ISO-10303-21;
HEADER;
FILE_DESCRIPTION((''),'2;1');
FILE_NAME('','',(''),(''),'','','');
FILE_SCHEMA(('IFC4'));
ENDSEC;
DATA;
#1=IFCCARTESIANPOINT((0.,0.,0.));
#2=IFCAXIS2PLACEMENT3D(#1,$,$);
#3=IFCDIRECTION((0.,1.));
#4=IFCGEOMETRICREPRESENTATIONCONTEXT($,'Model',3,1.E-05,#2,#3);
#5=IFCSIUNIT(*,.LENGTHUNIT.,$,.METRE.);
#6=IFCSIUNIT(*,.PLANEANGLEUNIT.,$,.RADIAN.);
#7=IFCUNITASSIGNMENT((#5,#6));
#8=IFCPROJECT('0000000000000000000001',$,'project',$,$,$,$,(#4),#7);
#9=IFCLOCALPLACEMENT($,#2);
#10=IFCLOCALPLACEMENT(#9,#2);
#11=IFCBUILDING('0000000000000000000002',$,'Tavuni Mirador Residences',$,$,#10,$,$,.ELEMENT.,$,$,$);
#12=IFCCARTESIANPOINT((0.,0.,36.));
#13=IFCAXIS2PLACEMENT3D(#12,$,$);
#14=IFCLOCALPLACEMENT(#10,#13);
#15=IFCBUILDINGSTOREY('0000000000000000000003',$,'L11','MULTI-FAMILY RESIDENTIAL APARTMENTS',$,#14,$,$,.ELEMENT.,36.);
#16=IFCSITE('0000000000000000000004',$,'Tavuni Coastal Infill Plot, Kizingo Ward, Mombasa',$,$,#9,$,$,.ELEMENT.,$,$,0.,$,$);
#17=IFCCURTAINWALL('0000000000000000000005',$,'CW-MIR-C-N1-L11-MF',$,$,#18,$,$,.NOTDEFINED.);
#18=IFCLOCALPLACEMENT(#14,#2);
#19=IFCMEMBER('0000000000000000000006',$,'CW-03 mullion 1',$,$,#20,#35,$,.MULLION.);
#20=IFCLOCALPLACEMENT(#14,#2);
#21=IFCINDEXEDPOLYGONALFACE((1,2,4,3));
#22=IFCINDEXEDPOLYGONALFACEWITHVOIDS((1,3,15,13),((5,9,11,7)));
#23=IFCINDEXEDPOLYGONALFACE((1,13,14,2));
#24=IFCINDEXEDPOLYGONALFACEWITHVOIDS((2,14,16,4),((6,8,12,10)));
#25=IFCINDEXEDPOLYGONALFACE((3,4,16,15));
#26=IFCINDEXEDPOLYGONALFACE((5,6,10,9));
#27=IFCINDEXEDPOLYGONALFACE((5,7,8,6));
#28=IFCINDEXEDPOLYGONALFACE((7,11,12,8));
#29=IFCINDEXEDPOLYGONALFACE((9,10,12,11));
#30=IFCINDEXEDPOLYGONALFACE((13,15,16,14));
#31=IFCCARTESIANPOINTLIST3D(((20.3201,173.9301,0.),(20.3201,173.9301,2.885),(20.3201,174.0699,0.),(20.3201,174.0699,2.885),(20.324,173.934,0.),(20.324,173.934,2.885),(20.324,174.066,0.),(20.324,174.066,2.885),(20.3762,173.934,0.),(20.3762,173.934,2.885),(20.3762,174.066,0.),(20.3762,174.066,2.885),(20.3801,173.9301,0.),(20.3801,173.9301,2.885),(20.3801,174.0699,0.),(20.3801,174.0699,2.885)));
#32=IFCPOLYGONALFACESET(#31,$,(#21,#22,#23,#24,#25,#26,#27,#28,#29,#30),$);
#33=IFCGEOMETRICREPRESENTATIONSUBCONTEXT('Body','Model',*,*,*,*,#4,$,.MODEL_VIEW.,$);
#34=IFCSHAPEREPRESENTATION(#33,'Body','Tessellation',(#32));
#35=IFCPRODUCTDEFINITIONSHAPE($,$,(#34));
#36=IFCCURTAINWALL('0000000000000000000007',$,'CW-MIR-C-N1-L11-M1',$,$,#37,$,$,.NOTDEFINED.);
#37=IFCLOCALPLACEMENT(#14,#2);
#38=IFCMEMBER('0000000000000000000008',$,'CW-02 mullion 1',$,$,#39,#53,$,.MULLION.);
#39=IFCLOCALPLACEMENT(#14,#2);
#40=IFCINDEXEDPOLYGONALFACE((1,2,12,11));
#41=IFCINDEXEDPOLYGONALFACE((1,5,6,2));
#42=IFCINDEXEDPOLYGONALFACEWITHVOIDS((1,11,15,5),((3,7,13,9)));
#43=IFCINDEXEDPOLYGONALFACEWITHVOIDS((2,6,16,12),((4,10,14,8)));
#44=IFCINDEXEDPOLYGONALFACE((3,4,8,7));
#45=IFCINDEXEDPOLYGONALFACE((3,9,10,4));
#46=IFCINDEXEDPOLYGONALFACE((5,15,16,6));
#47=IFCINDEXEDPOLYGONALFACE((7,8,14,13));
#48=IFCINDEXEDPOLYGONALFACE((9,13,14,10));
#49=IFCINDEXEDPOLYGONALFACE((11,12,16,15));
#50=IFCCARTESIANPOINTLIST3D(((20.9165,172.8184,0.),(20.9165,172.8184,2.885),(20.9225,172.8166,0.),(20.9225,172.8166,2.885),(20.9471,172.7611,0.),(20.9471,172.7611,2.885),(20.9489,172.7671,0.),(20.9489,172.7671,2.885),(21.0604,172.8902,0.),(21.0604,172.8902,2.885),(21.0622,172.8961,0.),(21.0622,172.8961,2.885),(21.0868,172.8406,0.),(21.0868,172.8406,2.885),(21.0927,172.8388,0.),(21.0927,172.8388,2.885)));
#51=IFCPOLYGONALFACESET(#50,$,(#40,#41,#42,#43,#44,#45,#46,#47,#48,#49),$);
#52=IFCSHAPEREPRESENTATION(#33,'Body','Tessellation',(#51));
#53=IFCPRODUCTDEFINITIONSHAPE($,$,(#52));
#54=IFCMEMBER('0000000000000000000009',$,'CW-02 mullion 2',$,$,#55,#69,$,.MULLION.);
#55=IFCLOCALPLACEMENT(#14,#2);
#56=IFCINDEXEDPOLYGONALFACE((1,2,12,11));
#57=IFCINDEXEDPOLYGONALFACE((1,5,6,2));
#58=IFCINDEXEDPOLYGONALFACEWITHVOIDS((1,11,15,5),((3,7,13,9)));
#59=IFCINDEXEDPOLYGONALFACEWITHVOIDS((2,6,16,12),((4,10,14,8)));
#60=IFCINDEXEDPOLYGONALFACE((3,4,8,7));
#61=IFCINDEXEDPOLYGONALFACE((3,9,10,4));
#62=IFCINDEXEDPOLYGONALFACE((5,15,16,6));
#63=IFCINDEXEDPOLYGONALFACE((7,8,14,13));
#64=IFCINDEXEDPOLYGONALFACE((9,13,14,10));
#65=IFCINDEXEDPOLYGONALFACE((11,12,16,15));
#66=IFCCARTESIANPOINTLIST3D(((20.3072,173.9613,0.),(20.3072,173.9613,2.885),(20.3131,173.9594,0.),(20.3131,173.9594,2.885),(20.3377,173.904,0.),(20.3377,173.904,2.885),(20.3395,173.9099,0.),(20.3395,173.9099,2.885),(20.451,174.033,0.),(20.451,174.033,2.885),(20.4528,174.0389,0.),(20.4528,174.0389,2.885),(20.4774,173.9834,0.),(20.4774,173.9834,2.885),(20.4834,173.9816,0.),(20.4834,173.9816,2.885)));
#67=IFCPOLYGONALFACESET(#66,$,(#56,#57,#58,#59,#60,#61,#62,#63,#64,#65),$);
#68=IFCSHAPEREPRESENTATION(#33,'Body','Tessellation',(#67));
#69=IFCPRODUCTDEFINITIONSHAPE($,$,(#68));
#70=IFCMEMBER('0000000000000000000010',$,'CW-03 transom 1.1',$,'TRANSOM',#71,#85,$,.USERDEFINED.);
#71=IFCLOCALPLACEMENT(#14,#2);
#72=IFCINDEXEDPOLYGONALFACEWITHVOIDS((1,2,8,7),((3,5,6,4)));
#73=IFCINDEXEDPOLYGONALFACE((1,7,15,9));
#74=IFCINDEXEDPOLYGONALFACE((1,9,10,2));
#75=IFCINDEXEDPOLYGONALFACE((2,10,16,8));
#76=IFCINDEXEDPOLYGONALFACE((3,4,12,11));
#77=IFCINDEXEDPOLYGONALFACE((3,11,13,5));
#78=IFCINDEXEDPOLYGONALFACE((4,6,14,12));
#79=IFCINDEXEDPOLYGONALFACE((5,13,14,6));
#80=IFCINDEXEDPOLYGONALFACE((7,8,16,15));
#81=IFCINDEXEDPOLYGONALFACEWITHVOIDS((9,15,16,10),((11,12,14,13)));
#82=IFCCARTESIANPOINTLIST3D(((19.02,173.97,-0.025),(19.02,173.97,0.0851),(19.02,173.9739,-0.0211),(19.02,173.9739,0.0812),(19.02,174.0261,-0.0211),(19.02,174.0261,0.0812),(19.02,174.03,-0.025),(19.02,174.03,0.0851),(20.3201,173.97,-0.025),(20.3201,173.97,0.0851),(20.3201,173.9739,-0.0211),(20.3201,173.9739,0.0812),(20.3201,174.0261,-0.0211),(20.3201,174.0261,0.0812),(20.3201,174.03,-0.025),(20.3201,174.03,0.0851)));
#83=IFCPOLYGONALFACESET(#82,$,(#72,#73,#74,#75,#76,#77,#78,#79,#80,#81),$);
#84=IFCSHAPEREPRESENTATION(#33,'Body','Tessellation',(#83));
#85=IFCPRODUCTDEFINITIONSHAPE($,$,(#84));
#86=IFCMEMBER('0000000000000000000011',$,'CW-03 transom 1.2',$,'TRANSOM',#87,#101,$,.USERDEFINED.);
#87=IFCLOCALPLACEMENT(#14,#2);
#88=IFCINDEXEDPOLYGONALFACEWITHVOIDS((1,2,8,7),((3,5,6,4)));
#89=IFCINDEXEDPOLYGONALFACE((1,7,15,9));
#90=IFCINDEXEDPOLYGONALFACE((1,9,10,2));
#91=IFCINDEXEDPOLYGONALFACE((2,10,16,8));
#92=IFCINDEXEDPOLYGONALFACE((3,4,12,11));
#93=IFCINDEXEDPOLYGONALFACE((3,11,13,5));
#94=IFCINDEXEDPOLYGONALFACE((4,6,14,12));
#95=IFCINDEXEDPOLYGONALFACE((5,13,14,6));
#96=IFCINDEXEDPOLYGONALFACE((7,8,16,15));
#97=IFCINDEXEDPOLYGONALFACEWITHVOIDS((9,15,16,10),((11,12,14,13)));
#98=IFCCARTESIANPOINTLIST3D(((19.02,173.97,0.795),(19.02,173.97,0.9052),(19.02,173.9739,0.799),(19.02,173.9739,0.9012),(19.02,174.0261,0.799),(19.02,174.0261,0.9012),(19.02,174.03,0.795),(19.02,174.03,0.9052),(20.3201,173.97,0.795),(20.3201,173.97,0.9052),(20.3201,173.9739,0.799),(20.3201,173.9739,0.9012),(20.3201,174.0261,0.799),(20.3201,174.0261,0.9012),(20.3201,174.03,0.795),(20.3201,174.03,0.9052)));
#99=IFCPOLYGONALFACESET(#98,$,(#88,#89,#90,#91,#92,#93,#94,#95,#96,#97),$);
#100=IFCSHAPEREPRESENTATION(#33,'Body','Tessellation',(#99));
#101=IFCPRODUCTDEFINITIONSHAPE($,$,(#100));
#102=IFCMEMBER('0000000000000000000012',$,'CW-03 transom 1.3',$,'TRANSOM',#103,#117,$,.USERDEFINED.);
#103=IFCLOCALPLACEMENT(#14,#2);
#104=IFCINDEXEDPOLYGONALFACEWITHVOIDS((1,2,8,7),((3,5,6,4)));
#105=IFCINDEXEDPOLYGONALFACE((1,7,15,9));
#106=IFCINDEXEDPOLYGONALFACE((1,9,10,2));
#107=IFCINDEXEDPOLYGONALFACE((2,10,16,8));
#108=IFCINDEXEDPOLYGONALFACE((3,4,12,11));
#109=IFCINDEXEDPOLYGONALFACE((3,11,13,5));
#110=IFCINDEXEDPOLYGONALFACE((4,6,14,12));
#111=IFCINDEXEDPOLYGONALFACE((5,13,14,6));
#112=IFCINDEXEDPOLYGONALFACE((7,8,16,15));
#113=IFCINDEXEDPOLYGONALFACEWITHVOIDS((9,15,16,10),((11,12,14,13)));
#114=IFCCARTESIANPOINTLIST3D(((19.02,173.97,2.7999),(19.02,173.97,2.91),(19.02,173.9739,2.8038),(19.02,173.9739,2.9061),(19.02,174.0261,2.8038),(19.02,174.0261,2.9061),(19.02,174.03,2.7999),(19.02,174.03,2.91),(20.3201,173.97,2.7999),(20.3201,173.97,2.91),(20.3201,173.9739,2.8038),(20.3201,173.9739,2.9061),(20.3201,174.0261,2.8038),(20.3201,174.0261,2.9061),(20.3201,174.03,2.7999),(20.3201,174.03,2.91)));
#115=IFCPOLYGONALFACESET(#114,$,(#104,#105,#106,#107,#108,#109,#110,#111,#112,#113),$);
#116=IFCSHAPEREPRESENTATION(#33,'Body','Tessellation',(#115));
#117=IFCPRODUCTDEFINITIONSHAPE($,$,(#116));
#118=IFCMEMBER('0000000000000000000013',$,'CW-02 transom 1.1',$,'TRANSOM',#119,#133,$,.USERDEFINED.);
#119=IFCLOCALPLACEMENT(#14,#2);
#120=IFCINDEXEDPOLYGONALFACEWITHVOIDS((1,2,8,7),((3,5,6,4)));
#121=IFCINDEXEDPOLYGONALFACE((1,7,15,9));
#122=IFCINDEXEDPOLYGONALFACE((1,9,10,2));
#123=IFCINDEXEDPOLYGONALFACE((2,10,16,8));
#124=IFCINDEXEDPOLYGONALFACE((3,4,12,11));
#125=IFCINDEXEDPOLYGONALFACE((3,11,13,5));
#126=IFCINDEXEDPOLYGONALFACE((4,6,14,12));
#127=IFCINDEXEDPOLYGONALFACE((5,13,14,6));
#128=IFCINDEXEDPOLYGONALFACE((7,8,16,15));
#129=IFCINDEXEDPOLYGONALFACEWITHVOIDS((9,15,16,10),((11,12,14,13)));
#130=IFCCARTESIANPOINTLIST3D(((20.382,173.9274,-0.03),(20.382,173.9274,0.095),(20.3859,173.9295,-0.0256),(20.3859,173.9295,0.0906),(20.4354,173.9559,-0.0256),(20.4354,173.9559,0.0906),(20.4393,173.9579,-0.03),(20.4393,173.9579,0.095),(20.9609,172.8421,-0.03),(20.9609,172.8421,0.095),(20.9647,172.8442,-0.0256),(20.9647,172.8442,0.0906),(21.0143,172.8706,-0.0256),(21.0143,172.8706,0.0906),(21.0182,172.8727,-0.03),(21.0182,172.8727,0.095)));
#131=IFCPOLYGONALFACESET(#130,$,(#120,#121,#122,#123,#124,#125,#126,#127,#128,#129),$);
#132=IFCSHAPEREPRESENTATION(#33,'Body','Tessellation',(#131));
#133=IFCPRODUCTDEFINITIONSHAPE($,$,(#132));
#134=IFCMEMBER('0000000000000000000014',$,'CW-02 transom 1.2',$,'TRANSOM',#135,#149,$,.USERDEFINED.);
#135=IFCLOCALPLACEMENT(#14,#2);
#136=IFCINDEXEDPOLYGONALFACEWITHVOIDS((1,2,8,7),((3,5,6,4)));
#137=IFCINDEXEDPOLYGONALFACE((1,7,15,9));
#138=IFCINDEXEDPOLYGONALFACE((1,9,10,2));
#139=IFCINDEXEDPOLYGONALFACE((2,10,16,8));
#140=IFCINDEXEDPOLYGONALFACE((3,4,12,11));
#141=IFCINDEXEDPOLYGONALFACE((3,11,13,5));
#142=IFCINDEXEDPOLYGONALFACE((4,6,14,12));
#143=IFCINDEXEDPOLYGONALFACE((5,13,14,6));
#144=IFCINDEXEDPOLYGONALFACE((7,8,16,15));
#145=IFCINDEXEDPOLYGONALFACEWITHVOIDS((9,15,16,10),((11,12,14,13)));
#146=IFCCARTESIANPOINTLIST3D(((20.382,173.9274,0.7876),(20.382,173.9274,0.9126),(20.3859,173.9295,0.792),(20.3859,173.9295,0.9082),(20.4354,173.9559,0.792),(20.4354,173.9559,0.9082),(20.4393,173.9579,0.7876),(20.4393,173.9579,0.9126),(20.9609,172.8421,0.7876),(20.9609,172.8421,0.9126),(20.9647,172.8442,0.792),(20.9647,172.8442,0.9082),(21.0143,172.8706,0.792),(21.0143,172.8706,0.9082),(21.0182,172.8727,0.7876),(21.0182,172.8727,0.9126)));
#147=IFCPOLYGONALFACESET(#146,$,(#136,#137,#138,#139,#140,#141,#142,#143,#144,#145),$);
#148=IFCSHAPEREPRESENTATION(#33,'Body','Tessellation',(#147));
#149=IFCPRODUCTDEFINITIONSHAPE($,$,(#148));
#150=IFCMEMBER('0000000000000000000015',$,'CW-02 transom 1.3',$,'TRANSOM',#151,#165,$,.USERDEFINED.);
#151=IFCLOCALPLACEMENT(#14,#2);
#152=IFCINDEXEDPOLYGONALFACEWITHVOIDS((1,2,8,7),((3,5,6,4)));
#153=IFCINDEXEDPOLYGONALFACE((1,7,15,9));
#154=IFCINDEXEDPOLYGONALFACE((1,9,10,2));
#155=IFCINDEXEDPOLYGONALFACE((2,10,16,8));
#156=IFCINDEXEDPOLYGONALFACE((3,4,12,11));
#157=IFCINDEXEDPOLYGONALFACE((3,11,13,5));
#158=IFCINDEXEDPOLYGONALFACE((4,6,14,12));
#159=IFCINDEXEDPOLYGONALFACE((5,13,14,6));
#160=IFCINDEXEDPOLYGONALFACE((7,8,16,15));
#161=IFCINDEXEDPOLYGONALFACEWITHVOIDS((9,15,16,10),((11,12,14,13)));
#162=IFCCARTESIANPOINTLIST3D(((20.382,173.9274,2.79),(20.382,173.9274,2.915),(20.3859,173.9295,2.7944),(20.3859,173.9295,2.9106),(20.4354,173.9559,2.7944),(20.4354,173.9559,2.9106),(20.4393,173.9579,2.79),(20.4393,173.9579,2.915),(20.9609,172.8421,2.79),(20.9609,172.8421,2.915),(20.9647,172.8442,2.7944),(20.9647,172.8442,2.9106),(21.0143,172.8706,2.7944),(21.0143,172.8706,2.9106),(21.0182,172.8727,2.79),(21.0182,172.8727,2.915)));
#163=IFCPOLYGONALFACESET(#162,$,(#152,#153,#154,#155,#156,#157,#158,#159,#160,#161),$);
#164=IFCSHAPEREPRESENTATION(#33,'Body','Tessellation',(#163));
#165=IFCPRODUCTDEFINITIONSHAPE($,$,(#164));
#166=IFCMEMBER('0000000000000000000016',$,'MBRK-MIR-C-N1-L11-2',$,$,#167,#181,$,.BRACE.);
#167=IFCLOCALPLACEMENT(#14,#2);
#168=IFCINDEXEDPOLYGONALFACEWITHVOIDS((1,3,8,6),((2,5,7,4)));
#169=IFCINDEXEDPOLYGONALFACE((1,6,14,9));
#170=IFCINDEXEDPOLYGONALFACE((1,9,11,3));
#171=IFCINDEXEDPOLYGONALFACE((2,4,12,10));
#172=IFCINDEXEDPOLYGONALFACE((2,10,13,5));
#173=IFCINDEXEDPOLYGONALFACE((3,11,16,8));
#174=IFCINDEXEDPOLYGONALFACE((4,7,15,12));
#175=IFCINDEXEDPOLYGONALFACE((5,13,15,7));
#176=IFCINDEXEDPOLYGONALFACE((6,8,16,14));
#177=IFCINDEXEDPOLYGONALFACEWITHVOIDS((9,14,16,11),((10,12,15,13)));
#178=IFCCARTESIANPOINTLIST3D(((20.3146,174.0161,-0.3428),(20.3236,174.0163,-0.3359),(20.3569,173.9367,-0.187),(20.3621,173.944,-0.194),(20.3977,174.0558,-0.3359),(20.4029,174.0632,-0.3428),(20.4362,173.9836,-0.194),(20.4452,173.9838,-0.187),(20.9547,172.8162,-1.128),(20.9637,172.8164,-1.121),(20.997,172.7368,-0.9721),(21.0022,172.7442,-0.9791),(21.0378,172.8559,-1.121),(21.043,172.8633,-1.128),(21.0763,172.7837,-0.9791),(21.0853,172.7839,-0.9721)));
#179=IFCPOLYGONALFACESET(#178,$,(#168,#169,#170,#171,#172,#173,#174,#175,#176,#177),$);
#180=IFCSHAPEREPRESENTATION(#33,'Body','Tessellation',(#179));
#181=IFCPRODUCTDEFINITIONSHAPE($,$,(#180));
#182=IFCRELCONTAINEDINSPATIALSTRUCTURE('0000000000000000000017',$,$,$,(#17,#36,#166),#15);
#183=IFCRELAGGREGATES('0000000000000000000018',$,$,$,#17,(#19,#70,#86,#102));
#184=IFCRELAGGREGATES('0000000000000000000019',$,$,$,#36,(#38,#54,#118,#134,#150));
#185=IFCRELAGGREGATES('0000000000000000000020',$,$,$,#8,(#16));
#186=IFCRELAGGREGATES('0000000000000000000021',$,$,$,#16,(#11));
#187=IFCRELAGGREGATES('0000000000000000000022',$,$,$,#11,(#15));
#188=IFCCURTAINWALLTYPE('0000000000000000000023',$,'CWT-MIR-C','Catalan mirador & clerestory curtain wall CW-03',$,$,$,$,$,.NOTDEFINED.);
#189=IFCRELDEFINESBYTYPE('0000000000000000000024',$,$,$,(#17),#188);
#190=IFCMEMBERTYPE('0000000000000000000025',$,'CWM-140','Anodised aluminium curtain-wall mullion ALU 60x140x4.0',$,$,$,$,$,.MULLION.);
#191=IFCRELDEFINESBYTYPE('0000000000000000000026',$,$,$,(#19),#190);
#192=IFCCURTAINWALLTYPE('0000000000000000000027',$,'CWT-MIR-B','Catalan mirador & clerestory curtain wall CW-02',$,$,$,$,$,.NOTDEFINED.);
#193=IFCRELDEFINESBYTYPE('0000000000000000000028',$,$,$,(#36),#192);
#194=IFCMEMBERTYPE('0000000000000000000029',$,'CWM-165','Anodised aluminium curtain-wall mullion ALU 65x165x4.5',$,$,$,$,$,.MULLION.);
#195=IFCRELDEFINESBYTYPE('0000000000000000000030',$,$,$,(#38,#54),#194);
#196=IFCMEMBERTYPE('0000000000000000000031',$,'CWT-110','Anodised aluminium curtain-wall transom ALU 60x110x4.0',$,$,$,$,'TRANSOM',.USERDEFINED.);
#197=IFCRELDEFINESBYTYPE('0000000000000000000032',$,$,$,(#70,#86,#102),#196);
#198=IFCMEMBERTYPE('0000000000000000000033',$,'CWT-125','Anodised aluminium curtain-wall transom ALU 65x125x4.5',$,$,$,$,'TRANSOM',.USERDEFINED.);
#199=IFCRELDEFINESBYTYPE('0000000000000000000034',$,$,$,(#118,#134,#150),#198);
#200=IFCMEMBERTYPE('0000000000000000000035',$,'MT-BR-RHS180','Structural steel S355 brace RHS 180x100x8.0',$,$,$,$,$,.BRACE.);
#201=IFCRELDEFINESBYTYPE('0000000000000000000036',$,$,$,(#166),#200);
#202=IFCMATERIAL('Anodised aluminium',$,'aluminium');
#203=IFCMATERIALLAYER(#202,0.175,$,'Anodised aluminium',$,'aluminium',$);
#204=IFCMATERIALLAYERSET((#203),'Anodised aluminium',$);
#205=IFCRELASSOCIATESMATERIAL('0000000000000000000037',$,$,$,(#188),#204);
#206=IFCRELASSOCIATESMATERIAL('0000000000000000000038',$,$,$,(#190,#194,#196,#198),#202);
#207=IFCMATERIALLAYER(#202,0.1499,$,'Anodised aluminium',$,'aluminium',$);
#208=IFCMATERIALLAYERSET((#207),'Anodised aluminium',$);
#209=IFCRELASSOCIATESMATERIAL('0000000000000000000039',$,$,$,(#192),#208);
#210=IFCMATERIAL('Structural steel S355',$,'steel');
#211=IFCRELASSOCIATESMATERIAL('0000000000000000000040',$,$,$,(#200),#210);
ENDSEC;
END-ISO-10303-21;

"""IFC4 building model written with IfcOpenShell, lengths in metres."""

from ifc_helpers import new_model, si_unit, direction, frame, origin, origin_2d, place, context, subcontext, project, spatial, hollow_rectangle, extrude, material, layer, layer_set, material_profile, profile_set, type_object, element, aggregate, save


model = new_model("IFC4")

# Units and contexts
model_context = context("Model", 3, precision=1e-05, world=origin(), true_north=direction((0.0, 1.0)))
body_context = subcontext(model_context, "Body", "Model", "MODEL_VIEW")
ifc_project = project(units=[si_unit("LENGTHUNIT", "METRE"), si_unit("PLANEANGLEUNIT", "RADIAN")], contexts=[model_context])

# Site, building, storey
site_placement = place(None, origin())
site = spatial("IfcSite", under=ifc_project, at=site_placement, Name="Tavuni Coastal Infill Plot, Kizingo Ward, Mombasa", CompositionType="ELEMENT", RefElevation=0.0)
building_placement = place(site_placement, origin())
building = spatial("IfcBuilding", under=site, at=building_placement, Name="Tavuni Mirador Residences", CompositionType="ELEMENT")
storey_placement = place(building_placement, frame((0.0, 0.0, 36.0)))
storey = spatial("IfcBuildingStorey", under=building, at=storey_placement, Name="L11", Description="MULTI-FAMILY RESIDENTIAL APARTMENTS", CompositionType="ELEMENT", Elevation=36.0)

# Curtain wall, member
ifc_material_1 = material(Name="Anodised aluminium", Category="aluminium")
ifc_layer_1 = layer(ifc_material_1, 0.175, Name="Anodised aluminium", Category="aluminium")
ifc_layer_set_1 = layer_set([ifc_layer_1], Name="Anodised aluminium")
curtain_wall_type_1 = type_object("IfcCurtainWallType", Name="CWT-MIR-C", Description="Catalan mirador & clerestory curtain wall CW-03", PredefinedType="NOTDEFINED", material=ifc_layer_set_1)
curtain_wall_1_placement = place(storey_placement, origin())
curtain_wall_1 = element("IfcCurtainWall", 1, at=curtain_wall_1_placement, inside=storey, type_object=curtain_wall_type_1, Name="CW-MIR-C-N1-L11-MF", PredefinedType="NOTDEFINED")
ifc_material_profile_1 = material_profile(ifc_material_1, hollow_rectangle(XDim=0.0601, YDim=0.1399, WallThickness=0.0039, at=origin_2d()), Name="ALU 60x140x4.0", Category="aluminium")
ifc_profile_set_1 = profile_set([ifc_material_profile_1], Name="Anodised aluminium")
member_type_1 = type_object("IfcMemberType", Name="CWM-140", Description="Anodised aluminium curtain-wall mullion ALU 60x140x4.0", PredefinedType="MULLION", material=ifc_profile_set_1)
member_1_placement = place(storey_placement, frame((20.3501, 174.0, 0.0), z_axis=(0.0, 0.0, 1.0), x_axis=(-1.0, 0.0, 0.0)))
member_1 = element("IfcMember", 2, at=member_1_placement, type_object=member_type_1, Name="CW-03 mullion 1", PredefinedType="MULLION", context=body_context, shape_type="SweptSolid", body=[
    extrude(hollow_rectangle(XDim=0.0601, YDim=0.1399, WallThickness=0.0039, at=origin_2d()), origin(), (0.0, 0.0, 1.0), 2.885),
])

# Curtain wall, members
ifc_layer_2 = layer(ifc_material_1, 0.1499, Name="Anodised aluminium", Category="aluminium")
ifc_layer_set_2 = layer_set([ifc_layer_2], Name="Anodised aluminium")
curtain_wall_type_2 = type_object("IfcCurtainWallType", Name="CWT-MIR-B", Description="Catalan mirador & clerestory curtain wall CW-02", PredefinedType="NOTDEFINED", material=ifc_layer_set_2)
curtain_wall_2_placement = place(storey_placement, origin())
curtain_wall_2 = element("IfcCurtainWall", 3, at=curtain_wall_2_placement, inside=storey, type_object=curtain_wall_type_2, Name="CW-MIR-C-N1-L11-M1", PredefinedType="NOTDEFINED")
ifc_material_profile_2 = material_profile(ifc_material_1, hollow_rectangle(XDim=0.0649, YDim=0.165, WallThickness=0.0044, at=origin_2d()), Name="ALU 65x165x4.5", Category="aluminium")
ifc_profile_set_2 = profile_set([ifc_material_profile_2], Name="Anodised aluminium")
member_type_2 = type_object("IfcMemberType", Name="CWM-165", Description="Anodised aluminium curtain-wall mullion ALU 65x165x4.5", PredefinedType="MULLION", material=ifc_profile_set_2)
member_2_placement = place(storey_placement, frame((21.0046, 172.8286, 0.0), z_axis=(0.0, 0.0, 1.0), x_axis=(-0.470588, 0.882353, 0.0)))
member_2 = element("IfcMember", 4, at=member_2_placement, type_object=member_type_2, Name="CW-02 mullion 1", PredefinedType="MULLION", context=body_context, shape_type="SweptSolid", body=[
    extrude(hollow_rectangle(XDim=0.0649, YDim=0.165, WallThickness=0.0044, at=origin_2d()), origin(), (0.0, 0.0, 1.0), 2.885),
])
member_3_placement = place(storey_placement, frame((20.3953, 173.9714, 0.0), z_axis=(0.0, 0.0, 1.0), x_axis=(-0.470588, 0.882353, 0.0)))
member_3 = element("IfcMember", 5, at=member_3_placement, type_object=member_type_2, Name="CW-02 mullion 2", PredefinedType="MULLION", context=body_context, shape_type="SweptSolid", body=[
    extrude(hollow_rectangle(XDim=0.0649, YDim=0.165, WallThickness=0.0044, at=origin_2d()), origin(), (0.0, 0.0, 1.0), 2.885),
])

# Members
ifc_material_profile_3 = material_profile(ifc_material_1, hollow_rectangle(XDim=0.0601, YDim=0.1101, WallThickness=0.0039, at=origin_2d()), Name="ALU 60x110x4.0", Category="aluminium")
ifc_profile_set_3 = profile_set([ifc_material_profile_3], Name="Anodised aluminium")
member_type_3 = type_object("IfcMemberType", Name="CWT-110", Description="Anodised aluminium curtain-wall transom ALU 60x110x4.0", ElementType="TRANSOM", PredefinedType="USERDEFINED", material=ifc_profile_set_3)
member_4_placement = place(storey_placement, frame((20.3201, 174.0, 0.03), z_axis=(-1.0, 0.0, 0.0), x_axis=(0.0, -1.0, 0.0)))
member_4 = element("IfcMember", 6, at=member_4_placement, type_object=member_type_3, Name="CW-03 transom 1.1", ObjectType="TRANSOM", PredefinedType="USERDEFINED", context=body_context, shape_type="SweptSolid", body=[
    extrude(hollow_rectangle(XDim=0.0601, YDim=0.1101, WallThickness=0.0039, at=origin_2d()), origin(), (0.0, 0.0, 1.0), 1.3),
])
member_5_placement = place(storey_placement, frame((20.3201, 174.0, 0.8501), z_axis=(-1.0, 0.0, 0.0), x_axis=(0.0, -1.0, 0.0)))
member_5 = element("IfcMember", 7, at=member_5_placement, type_object=member_type_3, Name="CW-03 transom 1.2", ObjectType="TRANSOM", PredefinedType="USERDEFINED", context=body_context, shape_type="SweptSolid", body=[
    extrude(hollow_rectangle(XDim=0.0601, YDim=0.1101, WallThickness=0.0039, at=origin_2d()), origin(), (0.0, 0.0, 1.0), 1.3),
])
member_6_placement = place(storey_placement, frame((20.3201, 174.0, 2.855), z_axis=(-1.0, 0.0, 0.0), x_axis=(0.0, -1.0, 0.0)))
member_6 = element("IfcMember", 8, at=member_6_placement, type_object=member_type_3, Name="CW-03 transom 1.3", ObjectType="TRANSOM", PredefinedType="USERDEFINED", context=body_context, shape_type="SweptSolid", body=[
    extrude(hollow_rectangle(XDim=0.0601, YDim=0.1101, WallThickness=0.0039, at=origin_2d()), origin(), (0.0, 0.0, 1.0), 1.3),
])
ifc_material_profile_4 = material_profile(ifc_material_1, hollow_rectangle(XDim=0.0649, YDim=0.125, WallThickness=0.0044, at=origin_2d()), Name="ALU 65x125x4.5", Category="aluminium")
ifc_profile_set_4 = profile_set([ifc_material_profile_4], Name="Anodised aluminium")
member_type_4 = type_object("IfcMemberType", Name="CWT-125", Description="Anodised aluminium curtain-wall transom ALU 65x125x4.5", ElementType="TRANSOM", PredefinedType="USERDEFINED", material=ifc_profile_set_4)
member_7_placement = place(storey_placement, frame((20.9895, 172.8574, 0.0325), z_axis=(-0.47064, 0.882325, 0.0), x_axis=(-0.882325, -0.47064, 0.0)))
member_7 = element("IfcMember", 9, at=member_7_placement, type_object=member_type_4, Name="CW-02 transom 1.1", ObjectType="TRANSOM", PredefinedType="USERDEFINED", context=body_context, shape_type="SweptSolid", body=[
    extrude(hollow_rectangle(XDim=0.0649, YDim=0.125, WallThickness=0.0044, at=origin_2d()), origin(), (0.0, 0.0, 1.0), 1.23),
])
member_8_placement = place(storey_placement, frame((20.9895, 172.8574, 0.8501), z_axis=(-0.47064, 0.882325, 0.0), x_axis=(-0.882325, -0.47064, 0.0)))
member_8 = element("IfcMember", 10, at=member_8_placement, type_object=member_type_4, Name="CW-02 transom 1.2", ObjectType="TRANSOM", PredefinedType="USERDEFINED", context=body_context, shape_type="SweptSolid", body=[
    extrude(hollow_rectangle(XDim=0.0649, YDim=0.125, WallThickness=0.0044, at=origin_2d()), origin(), (0.0, 0.0, 1.0), 1.23),
])
member_9_placement = place(storey_placement, frame((20.9895, 172.8574, 2.8525), z_axis=(-0.47064, 0.882325, 0.0), x_axis=(-0.882325, -0.47064, 0.0)))
member_9 = element("IfcMember", 11, at=member_9_placement, type_object=member_type_4, Name="CW-02 transom 1.3", ObjectType="TRANSOM", PredefinedType="USERDEFINED", context=body_context, shape_type="SweptSolid", body=[
    extrude(hollow_rectangle(XDim=0.0649, YDim=0.125, WallThickness=0.0044, at=origin_2d()), origin(), (0.0, 0.0, 1.0), 1.23),
])
ifc_material_2 = material(Name="Structural steel S355", Category="steel")
ifc_material_profile_5 = material_profile(ifc_material_2, hollow_rectangle(XDim=0.1001, YDim=0.1799, WallThickness=0.0081, at=origin_2d()), Name="RHS 180x100x8.0", Category="steel")
ifc_profile_set_5 = profile_set([ifc_material_profile_5], Name="Structural steel S355")
member_type_5 = type_object("IfcMemberType", Name="MT-BR-RHS180", Description="Structural steel S355 brace RHS 180x100x8.0", PredefinedType="BRACE", material=ifc_profile_set_5)
member_10_placement = place(storey_placement, frame((21.02, 172.8, -1.05), z_axis=(-0.407629, 0.76411, 0.499975), x_axis=(-0.882303, -0.470681, 0.0)))
element("IfcMember", 12, at=member_10_placement, inside=storey, type_object=member_type_5, Name="MBRK-MIR-C-N1-L11-2", PredefinedType="BRACE", context=body_context, shape_type="SweptSolid", body=[
    extrude(hollow_rectangle(XDim=0.1001, YDim=0.1799, WallThickness=0.0081, at=origin_2d()), origin(), (0.0, 0.0, 1.0), 1.5703),
])

aggregate(curtain_wall_1, [member_1, member_4, member_5, member_6])
aggregate(curtain_wall_2, [member_2, member_3, member_7, member_8, member_9])

save(model, "model.ifc")
